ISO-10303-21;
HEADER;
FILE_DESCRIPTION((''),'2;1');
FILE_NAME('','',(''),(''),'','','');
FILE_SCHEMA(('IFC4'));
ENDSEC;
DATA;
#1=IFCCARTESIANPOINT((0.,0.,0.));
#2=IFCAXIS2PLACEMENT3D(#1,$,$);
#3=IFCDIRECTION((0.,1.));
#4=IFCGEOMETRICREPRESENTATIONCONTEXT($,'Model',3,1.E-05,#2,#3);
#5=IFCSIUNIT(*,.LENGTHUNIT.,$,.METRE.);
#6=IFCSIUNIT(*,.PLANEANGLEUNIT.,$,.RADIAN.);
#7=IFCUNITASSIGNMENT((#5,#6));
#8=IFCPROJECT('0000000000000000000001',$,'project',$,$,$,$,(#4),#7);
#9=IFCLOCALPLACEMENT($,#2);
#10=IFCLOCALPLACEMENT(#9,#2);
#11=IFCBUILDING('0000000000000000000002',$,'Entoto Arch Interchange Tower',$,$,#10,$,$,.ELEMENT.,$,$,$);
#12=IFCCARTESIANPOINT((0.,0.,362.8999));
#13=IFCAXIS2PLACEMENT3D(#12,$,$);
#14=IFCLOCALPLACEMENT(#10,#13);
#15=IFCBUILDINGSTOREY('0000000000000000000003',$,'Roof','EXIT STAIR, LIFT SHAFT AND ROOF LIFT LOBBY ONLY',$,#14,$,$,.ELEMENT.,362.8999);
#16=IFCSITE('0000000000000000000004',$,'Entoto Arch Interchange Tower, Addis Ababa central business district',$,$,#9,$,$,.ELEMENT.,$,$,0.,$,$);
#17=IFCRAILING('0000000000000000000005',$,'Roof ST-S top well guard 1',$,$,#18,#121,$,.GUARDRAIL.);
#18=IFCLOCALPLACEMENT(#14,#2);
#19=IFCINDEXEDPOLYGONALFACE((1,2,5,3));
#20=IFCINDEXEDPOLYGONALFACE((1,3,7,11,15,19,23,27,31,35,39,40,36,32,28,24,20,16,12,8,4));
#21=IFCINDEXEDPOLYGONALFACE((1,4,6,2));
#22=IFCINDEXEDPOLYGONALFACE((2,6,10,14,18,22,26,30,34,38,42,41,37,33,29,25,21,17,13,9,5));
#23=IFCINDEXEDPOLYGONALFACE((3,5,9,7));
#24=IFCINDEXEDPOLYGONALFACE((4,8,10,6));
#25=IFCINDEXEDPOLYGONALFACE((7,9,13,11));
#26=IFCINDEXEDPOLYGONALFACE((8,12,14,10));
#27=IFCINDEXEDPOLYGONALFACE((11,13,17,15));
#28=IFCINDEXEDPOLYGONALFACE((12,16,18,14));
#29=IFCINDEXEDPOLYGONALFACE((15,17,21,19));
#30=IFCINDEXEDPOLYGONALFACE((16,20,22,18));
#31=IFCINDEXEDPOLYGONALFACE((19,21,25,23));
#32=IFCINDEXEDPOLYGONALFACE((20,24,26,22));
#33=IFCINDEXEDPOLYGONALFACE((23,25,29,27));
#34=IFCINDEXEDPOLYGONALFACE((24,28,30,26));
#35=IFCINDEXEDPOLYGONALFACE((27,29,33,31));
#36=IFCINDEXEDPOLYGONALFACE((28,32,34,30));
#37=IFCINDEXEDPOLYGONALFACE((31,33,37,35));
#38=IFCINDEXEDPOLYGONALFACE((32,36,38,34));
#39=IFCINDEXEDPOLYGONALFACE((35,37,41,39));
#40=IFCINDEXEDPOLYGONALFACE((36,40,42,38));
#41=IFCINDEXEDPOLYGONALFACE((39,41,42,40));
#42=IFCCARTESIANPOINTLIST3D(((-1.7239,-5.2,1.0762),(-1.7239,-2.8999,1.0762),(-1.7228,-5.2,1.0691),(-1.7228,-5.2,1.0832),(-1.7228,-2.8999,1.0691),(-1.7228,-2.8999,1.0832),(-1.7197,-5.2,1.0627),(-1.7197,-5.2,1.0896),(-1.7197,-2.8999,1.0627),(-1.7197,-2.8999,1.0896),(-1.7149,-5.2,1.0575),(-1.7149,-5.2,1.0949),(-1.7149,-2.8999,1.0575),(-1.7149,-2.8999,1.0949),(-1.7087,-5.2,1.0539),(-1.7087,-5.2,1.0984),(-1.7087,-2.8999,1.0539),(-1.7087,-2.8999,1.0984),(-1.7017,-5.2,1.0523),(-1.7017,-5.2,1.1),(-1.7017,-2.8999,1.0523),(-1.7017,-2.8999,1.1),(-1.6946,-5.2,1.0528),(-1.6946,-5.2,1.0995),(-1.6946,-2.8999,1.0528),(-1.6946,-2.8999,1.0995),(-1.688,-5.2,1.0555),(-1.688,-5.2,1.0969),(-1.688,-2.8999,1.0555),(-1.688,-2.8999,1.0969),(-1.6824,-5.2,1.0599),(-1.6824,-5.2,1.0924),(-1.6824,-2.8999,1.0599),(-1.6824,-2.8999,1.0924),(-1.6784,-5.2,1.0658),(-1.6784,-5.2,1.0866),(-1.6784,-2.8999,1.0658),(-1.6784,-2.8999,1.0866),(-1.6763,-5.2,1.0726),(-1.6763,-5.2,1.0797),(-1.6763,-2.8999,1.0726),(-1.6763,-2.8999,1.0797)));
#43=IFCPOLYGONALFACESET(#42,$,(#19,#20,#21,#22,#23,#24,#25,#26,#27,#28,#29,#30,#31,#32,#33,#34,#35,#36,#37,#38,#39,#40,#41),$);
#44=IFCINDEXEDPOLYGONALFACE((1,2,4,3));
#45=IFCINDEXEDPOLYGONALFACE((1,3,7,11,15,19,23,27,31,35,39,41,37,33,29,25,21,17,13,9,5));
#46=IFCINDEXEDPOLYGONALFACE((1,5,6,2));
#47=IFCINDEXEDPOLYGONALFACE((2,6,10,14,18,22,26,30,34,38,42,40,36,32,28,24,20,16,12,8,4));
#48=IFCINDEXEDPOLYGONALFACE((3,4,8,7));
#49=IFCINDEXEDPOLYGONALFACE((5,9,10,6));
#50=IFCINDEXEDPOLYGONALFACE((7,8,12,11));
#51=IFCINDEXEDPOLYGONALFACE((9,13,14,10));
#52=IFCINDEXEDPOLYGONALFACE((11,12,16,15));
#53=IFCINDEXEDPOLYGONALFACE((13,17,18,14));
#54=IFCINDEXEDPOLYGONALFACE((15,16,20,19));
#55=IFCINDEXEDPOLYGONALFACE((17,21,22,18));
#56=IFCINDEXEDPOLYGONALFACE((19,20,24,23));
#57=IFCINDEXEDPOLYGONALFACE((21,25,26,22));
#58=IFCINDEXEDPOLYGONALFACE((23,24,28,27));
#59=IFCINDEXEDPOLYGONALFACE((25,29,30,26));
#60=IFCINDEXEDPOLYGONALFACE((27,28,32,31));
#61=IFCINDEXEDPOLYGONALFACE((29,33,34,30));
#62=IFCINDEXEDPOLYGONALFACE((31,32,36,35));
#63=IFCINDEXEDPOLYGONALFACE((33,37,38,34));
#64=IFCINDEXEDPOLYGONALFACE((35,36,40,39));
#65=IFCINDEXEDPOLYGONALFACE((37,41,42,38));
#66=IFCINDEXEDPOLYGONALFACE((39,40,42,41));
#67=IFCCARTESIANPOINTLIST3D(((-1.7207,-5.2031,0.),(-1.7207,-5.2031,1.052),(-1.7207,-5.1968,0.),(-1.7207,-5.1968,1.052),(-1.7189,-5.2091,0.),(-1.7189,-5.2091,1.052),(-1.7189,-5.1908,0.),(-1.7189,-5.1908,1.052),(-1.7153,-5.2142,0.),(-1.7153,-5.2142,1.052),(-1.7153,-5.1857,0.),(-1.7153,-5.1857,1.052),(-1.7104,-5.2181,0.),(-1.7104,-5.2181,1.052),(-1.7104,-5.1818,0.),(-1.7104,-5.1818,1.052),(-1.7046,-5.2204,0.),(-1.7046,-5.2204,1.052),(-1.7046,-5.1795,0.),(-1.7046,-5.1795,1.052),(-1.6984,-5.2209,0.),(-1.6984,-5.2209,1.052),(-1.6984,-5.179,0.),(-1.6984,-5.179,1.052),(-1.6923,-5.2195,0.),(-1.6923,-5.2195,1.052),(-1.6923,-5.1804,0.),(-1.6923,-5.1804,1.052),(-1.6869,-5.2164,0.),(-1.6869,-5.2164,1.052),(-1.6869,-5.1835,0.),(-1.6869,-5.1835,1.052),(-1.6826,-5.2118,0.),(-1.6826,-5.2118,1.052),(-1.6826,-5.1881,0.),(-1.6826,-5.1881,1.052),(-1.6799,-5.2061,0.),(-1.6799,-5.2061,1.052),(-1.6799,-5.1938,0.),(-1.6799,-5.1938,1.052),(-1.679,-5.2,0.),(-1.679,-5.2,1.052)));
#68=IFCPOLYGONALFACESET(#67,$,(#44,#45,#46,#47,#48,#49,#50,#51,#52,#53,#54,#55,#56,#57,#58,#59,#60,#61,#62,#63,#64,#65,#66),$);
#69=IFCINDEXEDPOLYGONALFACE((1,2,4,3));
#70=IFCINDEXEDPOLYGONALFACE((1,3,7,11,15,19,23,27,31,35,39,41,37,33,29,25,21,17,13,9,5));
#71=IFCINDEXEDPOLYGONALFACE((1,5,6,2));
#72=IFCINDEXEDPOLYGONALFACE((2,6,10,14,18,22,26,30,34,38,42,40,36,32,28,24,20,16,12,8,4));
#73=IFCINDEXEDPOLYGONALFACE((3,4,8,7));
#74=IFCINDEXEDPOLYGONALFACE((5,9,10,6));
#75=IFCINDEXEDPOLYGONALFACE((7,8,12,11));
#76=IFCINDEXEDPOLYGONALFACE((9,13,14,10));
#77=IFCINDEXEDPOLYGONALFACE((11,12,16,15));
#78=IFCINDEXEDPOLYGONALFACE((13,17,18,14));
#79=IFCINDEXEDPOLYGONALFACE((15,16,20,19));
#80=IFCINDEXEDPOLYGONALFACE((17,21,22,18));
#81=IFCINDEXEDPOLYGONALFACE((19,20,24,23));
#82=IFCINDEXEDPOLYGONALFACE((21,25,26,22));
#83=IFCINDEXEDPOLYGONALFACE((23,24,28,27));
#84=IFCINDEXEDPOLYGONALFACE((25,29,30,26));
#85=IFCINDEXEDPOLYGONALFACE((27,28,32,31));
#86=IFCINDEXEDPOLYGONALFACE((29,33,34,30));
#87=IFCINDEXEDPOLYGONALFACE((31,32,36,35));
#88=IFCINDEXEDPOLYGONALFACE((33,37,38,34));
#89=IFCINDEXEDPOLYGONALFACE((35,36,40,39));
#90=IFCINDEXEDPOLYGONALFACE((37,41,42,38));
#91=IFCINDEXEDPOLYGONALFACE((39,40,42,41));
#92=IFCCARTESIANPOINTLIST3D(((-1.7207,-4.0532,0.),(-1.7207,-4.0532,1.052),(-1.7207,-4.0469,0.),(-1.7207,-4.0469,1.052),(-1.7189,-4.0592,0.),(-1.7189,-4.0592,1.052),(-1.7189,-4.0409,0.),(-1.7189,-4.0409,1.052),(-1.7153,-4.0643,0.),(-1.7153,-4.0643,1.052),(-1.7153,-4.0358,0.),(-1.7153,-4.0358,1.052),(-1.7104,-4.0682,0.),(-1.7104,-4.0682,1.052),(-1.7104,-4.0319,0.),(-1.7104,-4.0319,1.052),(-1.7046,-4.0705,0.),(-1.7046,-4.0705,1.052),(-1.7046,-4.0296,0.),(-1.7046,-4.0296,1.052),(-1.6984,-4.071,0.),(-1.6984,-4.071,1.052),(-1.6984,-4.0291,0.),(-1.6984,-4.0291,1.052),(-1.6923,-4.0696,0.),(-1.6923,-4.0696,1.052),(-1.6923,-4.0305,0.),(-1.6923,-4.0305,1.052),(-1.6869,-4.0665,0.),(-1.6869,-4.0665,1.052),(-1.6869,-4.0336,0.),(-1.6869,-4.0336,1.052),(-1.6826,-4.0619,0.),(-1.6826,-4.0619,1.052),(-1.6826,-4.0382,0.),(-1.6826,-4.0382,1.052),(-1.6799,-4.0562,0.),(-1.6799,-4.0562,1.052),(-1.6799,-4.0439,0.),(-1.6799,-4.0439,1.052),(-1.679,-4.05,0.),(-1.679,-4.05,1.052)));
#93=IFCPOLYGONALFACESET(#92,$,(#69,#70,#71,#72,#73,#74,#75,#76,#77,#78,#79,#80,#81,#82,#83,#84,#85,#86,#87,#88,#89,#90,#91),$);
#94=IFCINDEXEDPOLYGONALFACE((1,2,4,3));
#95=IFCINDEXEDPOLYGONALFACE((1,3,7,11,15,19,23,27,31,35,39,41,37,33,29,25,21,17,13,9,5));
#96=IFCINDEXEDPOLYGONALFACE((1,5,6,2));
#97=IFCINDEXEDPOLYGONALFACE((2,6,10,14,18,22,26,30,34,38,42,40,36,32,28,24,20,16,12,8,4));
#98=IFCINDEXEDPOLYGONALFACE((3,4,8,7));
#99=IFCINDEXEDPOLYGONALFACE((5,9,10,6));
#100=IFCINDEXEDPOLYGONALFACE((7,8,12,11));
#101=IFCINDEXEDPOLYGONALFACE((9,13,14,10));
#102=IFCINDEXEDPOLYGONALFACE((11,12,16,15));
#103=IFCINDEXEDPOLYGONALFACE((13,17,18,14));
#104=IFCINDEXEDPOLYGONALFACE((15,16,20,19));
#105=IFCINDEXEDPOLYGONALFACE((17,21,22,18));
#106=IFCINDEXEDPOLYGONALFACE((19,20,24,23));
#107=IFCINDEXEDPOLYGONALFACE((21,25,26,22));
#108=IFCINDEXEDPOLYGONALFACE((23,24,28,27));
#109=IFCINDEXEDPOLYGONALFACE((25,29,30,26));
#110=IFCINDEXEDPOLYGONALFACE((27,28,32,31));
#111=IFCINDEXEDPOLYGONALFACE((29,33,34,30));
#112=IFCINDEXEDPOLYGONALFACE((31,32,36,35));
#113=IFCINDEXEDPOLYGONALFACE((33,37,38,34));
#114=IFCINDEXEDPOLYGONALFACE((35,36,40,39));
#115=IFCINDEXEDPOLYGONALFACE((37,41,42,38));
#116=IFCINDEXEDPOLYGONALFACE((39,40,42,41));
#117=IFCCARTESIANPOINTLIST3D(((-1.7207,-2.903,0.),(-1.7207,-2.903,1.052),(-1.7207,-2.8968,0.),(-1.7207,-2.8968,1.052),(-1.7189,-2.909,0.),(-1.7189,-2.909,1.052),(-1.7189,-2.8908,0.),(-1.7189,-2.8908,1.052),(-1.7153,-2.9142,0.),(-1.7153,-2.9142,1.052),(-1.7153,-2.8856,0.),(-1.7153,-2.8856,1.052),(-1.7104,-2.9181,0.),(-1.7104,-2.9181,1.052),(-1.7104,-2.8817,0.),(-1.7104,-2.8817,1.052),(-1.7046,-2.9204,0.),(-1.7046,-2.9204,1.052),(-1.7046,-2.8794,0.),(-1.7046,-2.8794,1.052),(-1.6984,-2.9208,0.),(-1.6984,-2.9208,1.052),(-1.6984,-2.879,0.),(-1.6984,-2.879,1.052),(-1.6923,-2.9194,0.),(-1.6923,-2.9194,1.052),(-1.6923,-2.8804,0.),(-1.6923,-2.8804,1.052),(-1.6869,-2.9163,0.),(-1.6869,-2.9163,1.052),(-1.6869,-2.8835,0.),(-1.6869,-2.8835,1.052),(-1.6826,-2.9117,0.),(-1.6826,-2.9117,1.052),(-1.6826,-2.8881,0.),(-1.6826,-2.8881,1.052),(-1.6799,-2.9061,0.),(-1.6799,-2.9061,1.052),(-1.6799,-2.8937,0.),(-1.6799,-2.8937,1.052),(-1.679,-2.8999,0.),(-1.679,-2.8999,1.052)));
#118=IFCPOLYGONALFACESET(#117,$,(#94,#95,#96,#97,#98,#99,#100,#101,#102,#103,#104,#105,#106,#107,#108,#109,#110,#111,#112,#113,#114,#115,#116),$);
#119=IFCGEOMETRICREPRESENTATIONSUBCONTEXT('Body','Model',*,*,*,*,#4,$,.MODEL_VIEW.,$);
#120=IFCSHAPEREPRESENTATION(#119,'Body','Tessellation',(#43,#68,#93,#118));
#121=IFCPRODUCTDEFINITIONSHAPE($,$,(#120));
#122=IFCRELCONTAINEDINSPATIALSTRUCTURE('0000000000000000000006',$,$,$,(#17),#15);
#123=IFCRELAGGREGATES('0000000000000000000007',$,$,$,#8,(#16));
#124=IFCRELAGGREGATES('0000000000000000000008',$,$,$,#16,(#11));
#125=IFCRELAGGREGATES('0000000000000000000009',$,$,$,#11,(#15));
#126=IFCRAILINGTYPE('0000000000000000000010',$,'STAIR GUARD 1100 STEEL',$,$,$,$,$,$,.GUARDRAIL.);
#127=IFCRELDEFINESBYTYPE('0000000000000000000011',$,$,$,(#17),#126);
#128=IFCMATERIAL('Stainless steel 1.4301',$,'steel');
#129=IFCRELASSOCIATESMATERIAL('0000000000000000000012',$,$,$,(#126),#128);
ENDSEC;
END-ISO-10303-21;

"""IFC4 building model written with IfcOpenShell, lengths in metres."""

from ifc_helpers import new_model, si_unit, direction, frame, origin, origin_2d, place, context, subcontext, project, spatial, circle, extrude, material, type_object, element, save


model = new_model("IFC4")

# Units and contexts
model_context = context("Model", 3, precision=1e-05, world=origin(), true_north=direction((0.0, 1.0)))
body_context = subcontext(model_context, "Body", "Model", "MODEL_VIEW")
ifc_project = project(units=[si_unit("LENGTHUNIT", "METRE"), si_unit("PLANEANGLEUNIT", "RADIAN")], contexts=[model_context])

# Site, building, storey
site_placement = place(None, origin())
site = spatial("IfcSite", under=ifc_project, at=site_placement, Name="Entoto Arch Interchange Tower, Addis Ababa central business district", CompositionType="ELEMENT", RefElevation=0.0)
building_placement = place(site_placement, origin())
building = spatial("IfcBuilding", under=site, at=building_placement, Name="Entoto Arch Interchange Tower", CompositionType="ELEMENT")
storey_placement = place(building_placement, frame((0.0, 0.0, 362.8999)))
storey = spatial("IfcBuildingStorey", under=building, at=storey_placement, Name="Roof", Description="EXIT STAIR, LIFT SHAFT AND ROOF LIFT LOBBY ONLY", CompositionType="ELEMENT", Elevation=362.8999)

# Railing
ifc_material_1 = material(Name="Stainless steel 1.4301", Category="steel")
railing_type = type_object("IfcRailingType", Name="STAIR GUARD 1100 STEEL", PredefinedType="GUARDRAIL", material=ifc_material_1)
railing_placement = place(storey_placement, frame((-1.7, -5.2, 0.0)))
element("IfcRailing", 1, at=railing_placement, inside=storey, type_object=railing_type, Name="Roof ST-S top well guard 1", PredefinedType="GUARDRAIL", context=body_context, shape_type="SweptSolid", body=[
    extrude(circle(Radius=0.0239, at=origin_2d()), frame((0.0, 0.0, 1.0762), z_axis=(0.0, 1.0, 0.0), x_axis=(-1.0, 0.0, 0.0)), (0.0, 0.0, 1.0), 2.3),
    extrude(circle(Radius=0.021, at=origin_2d()), origin(), (0.0, 0.0, 1.0), 1.052),
    extrude(circle(Radius=0.021, at=origin_2d()), frame((0.0, 1.1499, 0.0)), (0.0, 0.0, 1.0), 1.052),
    extrude(circle(Radius=0.021, at=origin_2d()), frame((0.0, 2.3, 0.0)), (0.0, 0.0, 1.0), 1.052),
])

save(model, "model.ifc")
